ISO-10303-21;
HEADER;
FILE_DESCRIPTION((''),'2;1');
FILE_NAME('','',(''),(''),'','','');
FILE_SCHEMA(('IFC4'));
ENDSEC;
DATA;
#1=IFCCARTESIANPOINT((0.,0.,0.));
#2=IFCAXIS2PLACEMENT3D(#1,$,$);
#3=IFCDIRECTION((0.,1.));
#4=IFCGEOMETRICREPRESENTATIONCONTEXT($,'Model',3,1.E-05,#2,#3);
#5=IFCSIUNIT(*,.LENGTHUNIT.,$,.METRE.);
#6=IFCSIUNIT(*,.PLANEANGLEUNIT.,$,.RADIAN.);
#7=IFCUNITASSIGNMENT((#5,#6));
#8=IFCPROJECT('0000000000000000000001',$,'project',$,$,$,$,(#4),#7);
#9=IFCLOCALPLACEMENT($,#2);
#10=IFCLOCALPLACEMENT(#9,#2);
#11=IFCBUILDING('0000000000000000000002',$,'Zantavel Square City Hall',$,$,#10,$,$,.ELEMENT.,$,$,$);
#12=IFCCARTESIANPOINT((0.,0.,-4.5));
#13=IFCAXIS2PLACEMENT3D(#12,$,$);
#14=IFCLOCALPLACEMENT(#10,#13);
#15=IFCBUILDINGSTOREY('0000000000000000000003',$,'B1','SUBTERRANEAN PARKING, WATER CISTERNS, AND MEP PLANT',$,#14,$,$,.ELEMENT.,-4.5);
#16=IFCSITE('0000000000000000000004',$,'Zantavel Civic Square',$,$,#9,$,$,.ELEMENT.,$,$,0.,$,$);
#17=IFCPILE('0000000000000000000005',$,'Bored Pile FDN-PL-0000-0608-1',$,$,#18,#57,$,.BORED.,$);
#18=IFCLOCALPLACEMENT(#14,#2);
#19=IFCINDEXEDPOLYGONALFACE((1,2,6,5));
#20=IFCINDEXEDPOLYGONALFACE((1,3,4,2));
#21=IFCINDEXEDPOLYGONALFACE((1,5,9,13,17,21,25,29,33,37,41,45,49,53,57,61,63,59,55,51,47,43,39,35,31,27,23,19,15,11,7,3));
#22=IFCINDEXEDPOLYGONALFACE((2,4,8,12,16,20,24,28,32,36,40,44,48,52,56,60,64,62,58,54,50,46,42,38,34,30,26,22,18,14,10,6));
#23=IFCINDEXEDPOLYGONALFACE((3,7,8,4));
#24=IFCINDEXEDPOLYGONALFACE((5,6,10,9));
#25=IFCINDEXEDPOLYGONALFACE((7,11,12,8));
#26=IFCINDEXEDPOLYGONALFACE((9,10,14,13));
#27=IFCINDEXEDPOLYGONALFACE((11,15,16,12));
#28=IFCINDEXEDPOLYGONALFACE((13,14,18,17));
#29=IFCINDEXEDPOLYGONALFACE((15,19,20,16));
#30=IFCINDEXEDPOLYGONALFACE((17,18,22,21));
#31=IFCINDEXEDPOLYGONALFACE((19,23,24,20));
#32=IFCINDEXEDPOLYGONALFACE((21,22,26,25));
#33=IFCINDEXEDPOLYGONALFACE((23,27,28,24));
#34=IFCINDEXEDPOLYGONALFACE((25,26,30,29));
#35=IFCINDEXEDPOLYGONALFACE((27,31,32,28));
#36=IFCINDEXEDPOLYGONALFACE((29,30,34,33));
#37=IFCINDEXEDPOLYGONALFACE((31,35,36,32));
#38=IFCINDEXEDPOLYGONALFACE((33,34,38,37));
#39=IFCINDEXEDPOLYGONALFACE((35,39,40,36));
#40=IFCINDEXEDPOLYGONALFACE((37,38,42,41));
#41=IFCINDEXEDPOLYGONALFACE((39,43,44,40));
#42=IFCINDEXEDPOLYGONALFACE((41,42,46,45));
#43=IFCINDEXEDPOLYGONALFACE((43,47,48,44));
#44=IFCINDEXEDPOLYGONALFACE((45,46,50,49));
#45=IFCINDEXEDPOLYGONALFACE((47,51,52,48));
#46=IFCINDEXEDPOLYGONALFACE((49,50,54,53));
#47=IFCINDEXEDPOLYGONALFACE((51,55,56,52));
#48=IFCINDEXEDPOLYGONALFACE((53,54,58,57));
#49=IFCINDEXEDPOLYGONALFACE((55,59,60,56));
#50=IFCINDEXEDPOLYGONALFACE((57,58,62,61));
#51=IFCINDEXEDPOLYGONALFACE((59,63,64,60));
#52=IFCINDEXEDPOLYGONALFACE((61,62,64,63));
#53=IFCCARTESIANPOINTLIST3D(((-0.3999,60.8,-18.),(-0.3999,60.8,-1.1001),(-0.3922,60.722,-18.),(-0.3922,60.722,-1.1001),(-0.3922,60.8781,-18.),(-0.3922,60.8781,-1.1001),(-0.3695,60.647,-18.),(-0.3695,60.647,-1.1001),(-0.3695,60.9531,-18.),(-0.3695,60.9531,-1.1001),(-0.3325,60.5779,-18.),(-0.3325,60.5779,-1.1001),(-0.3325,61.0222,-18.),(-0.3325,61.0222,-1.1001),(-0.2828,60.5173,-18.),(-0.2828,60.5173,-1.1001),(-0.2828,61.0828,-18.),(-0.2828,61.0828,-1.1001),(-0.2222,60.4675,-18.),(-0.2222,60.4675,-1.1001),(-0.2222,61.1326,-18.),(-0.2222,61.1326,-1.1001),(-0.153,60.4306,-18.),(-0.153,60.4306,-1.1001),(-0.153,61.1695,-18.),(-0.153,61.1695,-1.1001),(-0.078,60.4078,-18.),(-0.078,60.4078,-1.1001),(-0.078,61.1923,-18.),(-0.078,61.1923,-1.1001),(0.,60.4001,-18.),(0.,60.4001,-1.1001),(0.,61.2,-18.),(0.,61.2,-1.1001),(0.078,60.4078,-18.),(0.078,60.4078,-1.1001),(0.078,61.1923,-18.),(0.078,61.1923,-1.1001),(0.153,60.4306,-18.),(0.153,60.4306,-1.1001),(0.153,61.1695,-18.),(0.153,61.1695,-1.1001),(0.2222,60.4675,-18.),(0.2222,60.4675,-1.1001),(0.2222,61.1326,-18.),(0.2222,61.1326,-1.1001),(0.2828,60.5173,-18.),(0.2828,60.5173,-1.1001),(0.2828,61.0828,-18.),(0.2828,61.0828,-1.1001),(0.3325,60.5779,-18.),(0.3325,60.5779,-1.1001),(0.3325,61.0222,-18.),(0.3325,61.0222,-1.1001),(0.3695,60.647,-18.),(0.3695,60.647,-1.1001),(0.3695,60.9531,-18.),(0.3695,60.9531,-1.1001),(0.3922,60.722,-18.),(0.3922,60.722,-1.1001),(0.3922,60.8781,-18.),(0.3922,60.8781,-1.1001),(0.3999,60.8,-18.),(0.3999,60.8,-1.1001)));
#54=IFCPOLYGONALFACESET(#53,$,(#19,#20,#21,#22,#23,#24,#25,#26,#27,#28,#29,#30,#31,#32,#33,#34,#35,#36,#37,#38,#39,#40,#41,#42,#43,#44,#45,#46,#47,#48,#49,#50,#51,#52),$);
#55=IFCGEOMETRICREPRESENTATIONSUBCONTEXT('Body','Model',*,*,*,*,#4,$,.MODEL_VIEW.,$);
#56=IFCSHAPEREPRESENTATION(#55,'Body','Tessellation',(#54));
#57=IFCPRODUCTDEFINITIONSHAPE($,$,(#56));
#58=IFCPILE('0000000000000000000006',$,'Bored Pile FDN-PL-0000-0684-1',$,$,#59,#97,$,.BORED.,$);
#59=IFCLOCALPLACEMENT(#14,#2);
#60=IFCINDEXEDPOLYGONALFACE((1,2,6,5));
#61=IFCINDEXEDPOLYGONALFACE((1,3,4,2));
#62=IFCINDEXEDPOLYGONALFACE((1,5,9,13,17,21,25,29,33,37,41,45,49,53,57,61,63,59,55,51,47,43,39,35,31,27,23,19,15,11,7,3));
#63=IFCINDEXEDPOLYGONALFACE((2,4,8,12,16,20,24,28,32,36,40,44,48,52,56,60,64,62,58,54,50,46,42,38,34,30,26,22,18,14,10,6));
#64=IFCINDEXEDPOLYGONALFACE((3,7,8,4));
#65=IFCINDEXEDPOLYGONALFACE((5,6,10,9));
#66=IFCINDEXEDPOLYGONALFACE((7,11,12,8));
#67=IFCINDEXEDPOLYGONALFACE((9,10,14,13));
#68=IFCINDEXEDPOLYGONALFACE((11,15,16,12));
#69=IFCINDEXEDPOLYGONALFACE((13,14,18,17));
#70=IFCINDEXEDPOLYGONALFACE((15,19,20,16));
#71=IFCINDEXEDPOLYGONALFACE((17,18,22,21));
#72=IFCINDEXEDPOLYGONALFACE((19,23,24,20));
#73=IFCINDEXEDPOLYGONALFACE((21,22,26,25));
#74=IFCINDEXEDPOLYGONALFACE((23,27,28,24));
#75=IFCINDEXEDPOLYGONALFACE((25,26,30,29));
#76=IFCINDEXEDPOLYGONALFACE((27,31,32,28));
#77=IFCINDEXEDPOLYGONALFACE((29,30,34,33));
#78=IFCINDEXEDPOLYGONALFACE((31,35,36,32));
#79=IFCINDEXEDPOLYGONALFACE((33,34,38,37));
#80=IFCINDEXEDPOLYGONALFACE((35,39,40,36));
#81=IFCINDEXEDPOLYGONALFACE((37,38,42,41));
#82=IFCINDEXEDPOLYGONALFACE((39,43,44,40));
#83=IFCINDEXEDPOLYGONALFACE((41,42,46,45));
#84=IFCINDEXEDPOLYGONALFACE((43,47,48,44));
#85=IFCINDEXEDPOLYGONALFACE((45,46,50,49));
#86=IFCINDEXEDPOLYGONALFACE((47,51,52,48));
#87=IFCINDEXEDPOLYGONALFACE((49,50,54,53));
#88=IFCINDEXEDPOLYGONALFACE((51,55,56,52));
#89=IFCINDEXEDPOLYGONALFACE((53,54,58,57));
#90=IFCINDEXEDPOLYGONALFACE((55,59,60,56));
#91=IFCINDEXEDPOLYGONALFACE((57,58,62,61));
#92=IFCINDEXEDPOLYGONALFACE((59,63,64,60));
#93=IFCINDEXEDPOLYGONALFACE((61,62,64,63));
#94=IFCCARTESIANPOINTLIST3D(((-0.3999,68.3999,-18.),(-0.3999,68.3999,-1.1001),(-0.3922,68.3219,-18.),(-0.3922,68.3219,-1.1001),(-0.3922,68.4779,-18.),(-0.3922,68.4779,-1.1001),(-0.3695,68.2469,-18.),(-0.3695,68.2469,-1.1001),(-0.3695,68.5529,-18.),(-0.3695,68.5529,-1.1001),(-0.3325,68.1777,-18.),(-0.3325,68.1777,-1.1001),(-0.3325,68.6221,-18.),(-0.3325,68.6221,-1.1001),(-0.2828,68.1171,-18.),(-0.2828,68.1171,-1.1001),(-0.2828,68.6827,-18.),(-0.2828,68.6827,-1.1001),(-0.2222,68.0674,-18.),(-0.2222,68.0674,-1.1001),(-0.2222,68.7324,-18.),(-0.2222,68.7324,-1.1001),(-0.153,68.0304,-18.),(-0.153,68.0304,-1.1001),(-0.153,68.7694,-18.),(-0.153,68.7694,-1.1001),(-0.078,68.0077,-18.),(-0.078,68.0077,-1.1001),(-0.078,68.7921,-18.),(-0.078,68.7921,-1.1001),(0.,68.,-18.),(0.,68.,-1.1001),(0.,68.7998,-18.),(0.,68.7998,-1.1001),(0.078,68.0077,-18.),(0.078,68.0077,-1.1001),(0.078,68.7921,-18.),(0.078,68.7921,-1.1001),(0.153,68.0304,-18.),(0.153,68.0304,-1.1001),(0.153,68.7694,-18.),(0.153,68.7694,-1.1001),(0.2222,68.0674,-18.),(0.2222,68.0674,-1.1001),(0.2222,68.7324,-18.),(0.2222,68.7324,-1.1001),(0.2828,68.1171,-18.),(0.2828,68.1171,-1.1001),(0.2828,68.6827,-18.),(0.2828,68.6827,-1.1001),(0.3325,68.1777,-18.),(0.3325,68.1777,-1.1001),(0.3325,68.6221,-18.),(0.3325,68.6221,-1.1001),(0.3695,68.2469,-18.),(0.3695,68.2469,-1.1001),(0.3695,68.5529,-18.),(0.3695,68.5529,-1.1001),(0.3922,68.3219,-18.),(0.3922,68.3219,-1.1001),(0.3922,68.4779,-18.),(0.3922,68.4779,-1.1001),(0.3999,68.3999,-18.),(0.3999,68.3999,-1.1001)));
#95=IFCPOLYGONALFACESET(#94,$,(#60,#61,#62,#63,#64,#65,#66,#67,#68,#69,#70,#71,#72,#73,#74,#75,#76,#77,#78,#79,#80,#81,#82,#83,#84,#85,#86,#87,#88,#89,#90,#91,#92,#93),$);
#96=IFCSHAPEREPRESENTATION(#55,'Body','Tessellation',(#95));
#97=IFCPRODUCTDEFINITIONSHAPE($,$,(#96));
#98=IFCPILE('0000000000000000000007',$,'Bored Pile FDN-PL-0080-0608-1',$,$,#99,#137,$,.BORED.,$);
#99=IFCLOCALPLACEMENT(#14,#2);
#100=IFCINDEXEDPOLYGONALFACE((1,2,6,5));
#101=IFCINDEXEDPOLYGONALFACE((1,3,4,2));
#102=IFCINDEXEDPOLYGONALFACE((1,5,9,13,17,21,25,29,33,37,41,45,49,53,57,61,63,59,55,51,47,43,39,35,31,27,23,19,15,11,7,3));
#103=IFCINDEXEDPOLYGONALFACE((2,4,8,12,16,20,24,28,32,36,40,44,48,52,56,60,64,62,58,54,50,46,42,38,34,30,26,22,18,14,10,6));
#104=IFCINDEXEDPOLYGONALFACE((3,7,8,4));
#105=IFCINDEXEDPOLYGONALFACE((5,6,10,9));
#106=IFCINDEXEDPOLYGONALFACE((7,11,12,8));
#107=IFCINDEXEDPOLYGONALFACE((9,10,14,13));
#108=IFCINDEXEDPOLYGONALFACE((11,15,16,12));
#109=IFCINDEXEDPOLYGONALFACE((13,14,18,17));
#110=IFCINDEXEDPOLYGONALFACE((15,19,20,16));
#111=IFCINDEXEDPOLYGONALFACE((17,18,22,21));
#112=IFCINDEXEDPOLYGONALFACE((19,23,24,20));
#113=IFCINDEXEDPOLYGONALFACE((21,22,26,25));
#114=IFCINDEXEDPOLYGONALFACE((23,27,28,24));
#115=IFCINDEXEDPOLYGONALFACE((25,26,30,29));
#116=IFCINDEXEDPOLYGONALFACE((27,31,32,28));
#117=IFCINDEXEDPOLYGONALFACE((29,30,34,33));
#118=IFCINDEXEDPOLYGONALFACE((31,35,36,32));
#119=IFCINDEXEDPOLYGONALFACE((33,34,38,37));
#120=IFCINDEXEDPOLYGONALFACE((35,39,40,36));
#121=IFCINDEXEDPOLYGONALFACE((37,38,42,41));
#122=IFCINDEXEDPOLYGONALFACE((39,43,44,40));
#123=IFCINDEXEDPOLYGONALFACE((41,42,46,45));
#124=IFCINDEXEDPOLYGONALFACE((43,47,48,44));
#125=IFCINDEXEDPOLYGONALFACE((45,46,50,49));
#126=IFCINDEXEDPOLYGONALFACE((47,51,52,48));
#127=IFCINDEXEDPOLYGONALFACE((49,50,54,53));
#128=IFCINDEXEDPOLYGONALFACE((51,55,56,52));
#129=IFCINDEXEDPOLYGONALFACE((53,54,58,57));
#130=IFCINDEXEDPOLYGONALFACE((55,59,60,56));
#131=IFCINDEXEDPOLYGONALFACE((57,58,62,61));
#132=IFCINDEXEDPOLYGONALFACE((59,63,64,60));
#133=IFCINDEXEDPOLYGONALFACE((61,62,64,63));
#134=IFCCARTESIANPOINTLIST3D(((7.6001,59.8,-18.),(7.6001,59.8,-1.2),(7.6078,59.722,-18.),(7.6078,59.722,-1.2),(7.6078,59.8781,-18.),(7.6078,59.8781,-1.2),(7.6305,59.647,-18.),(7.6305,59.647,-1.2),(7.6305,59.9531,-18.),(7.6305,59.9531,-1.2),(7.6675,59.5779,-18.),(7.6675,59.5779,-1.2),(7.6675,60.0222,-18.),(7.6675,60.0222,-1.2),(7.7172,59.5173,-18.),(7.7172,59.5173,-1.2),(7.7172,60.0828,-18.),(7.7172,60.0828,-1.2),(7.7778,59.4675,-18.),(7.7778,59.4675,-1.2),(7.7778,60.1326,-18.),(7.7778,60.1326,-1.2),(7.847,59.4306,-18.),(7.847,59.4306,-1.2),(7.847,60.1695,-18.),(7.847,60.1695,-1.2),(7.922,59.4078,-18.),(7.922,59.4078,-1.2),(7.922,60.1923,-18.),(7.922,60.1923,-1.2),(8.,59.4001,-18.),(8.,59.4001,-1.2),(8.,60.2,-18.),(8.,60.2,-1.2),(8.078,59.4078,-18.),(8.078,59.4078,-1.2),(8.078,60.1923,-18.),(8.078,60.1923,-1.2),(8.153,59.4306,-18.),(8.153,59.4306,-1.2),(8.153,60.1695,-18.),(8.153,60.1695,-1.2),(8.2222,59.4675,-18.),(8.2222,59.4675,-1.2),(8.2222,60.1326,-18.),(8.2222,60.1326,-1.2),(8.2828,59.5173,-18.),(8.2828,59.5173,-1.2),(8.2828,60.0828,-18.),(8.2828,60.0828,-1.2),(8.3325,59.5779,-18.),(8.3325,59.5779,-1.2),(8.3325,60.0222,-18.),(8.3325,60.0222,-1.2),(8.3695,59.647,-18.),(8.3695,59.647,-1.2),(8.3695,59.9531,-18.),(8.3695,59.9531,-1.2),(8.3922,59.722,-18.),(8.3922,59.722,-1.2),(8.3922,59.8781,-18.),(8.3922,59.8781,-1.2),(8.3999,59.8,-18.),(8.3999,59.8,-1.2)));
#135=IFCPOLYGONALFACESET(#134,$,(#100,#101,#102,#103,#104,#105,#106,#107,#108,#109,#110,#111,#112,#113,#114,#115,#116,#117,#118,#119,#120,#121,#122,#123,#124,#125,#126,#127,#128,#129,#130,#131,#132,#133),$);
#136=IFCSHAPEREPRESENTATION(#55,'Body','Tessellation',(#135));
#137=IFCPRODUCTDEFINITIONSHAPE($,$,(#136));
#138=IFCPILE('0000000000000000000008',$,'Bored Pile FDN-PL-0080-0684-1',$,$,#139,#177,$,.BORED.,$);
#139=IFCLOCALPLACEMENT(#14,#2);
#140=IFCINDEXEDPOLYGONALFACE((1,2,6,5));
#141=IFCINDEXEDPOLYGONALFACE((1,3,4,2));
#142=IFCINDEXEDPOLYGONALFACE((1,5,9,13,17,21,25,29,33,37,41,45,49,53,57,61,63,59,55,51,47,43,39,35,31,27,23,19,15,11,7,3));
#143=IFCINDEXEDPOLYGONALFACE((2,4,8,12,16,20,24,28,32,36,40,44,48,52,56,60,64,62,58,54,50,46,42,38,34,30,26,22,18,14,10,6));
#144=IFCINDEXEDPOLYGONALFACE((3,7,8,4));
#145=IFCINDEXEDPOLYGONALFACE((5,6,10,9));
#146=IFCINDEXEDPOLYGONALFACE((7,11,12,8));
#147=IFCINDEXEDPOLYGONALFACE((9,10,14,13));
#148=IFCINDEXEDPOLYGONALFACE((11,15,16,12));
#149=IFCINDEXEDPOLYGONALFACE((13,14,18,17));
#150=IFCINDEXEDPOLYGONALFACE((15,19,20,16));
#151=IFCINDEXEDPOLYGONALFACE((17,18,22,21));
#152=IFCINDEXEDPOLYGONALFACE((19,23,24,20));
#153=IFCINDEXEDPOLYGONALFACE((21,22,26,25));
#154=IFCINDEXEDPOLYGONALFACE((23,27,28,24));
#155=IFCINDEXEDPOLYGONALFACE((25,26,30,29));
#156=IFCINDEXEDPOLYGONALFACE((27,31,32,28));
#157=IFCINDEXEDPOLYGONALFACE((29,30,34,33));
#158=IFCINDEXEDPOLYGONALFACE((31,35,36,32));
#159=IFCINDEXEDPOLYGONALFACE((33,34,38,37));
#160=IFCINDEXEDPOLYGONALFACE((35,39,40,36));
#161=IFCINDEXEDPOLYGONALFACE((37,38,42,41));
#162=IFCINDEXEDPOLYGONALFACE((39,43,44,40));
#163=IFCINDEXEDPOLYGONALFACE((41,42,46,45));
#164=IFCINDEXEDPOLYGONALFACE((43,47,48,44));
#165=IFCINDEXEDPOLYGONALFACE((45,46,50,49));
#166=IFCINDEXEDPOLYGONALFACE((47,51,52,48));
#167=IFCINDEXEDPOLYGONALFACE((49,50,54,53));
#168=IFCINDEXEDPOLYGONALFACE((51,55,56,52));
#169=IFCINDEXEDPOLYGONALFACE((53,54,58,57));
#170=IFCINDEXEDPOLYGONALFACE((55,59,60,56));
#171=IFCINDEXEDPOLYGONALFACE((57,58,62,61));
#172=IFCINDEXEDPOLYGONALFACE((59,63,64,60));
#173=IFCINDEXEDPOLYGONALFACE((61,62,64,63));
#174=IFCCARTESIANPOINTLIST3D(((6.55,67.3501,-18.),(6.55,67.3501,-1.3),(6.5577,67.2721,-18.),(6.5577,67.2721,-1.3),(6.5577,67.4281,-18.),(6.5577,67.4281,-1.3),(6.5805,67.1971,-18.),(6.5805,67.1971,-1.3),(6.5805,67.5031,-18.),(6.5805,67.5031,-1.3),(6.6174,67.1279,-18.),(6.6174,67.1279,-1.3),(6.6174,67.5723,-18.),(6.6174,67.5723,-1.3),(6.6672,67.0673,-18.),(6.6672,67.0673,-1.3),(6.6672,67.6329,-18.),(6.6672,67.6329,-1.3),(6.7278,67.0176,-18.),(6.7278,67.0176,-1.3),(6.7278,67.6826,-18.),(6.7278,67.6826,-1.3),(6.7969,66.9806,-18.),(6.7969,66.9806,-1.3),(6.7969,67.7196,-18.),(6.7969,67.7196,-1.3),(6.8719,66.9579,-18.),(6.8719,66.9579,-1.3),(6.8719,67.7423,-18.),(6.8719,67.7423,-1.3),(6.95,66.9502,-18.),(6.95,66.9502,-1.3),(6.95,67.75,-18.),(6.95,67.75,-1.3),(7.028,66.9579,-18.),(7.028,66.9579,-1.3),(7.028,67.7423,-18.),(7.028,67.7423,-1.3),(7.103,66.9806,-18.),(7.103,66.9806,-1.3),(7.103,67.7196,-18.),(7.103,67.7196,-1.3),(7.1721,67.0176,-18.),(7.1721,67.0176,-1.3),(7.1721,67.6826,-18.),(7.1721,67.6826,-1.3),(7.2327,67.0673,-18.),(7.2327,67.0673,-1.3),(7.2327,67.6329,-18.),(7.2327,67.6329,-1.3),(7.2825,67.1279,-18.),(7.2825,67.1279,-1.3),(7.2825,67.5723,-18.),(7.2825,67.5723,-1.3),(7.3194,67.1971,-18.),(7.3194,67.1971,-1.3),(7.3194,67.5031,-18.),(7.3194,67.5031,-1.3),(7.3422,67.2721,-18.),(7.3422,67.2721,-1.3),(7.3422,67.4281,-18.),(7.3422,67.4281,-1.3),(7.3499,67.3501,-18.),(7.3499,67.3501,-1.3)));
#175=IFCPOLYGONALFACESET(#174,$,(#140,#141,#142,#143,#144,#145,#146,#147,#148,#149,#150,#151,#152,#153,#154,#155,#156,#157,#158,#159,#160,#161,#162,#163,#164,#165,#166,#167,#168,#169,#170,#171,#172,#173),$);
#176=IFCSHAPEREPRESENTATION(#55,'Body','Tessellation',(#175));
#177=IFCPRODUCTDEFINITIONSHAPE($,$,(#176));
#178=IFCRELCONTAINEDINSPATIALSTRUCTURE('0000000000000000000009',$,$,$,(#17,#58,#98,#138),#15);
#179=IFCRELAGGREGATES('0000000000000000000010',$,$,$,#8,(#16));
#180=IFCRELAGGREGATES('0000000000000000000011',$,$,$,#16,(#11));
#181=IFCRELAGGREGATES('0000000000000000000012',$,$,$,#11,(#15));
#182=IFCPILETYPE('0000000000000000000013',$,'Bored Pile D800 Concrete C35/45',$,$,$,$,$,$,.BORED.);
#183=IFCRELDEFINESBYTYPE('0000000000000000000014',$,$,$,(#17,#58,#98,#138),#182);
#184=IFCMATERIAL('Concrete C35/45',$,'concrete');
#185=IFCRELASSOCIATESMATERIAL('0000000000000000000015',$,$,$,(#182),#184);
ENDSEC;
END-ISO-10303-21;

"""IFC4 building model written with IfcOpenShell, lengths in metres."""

from ifc_helpers import new_model, si_unit, direction, frame, origin, origin_2d, place, context, subcontext, project, spatial, circle, extrude, material, material_profile, profile_set, type_object, element, save


model = new_model("IFC4")

# Units and contexts
model_context = context("Model", 3, precision=1e-05, world=origin(), true_north=direction((0.0, 1.0)))
body_context = subcontext(model_context, "Body", "Model", "MODEL_VIEW")
ifc_project = project(units=[si_unit("LENGTHUNIT", "METRE"), si_unit("PLANEANGLEUNIT", "RADIAN")], contexts=[model_context])

# Site, building, storey
site_placement = place(None, origin())
site = spatial("IfcSite", under=ifc_project, at=site_placement, Name="Zantavel Civic Square", CompositionType="ELEMENT", RefElevation=0.0)
building_placement = place(site_placement, origin())
building = spatial("IfcBuilding", under=site, at=building_placement, Name="Zantavel Square City Hall", CompositionType="ELEMENT")
storey_placement = place(building_placement, frame((0.0, 0.0, -4.5)))
storey = spatial("IfcBuildingStorey", under=building, at=storey_placement, Name="B1", Description="SUBTERRANEAN PARKING, WATER CISTERNS, AND MEP PLANT", CompositionType="ELEMENT", Elevation=-4.5)

# Piles
ifc_material_1 = material(Name="Concrete C35/45", Category="concrete")
ifc_material_profile_1 = material_profile(ifc_material_1, circle(Radius=0.3999, at=origin_2d()), Name="PILE D800")
ifc_profile_set_1 = profile_set([ifc_material_profile_1], Name="Concrete C35/45")
pile_type = type_object("IfcPileType", Name="Bored Pile D800 Concrete C35/45", PredefinedType="BORED", material=ifc_profile_set_1)
for number, where, z_axis, x_axis, name in (
    (1, (0.0, 60.8, -1.1001), (0.0, 0.0, -1.0), (1.0, 0.0, 0.0), "Bored Pile FDN-PL-0000-0608-1"),
    (2, (0.0, 68.3999, -1.1001), (0.0, 0.0, -1.0), (1.0, 0.0, 0.0), "Bored Pile FDN-PL-0000-0684-1"),
):
    element("IfcPile", number, at=place(storey_placement, frame(where, z_axis=z_axis, x_axis=x_axis)), inside=storey, type_object=pile_type, Name=name, PredefinedType="BORED", context=body_context, shape_type="SweptSolid", body=[
        extrude(circle(Radius=0.3999, at=origin_2d()), origin(), (0.0, 0.0, 1.0), 16.8999),
    ])
pile_1_placement = place(storey_placement, frame((8.0, 59.8, -1.2), z_axis=(0.0, 0.0, -1.0), x_axis=(1.0, 0.0, 0.0)))
element("IfcPile", 3, at=pile_1_placement, inside=storey, type_object=pile_type, Name="Bored Pile FDN-PL-0080-0608-1", PredefinedType="BORED", context=body_context, shape_type="SweptSolid", body=[
    extrude(circle(Radius=0.3999, at=origin_2d()), origin(), (0.0, 0.0, 1.0), 16.8),
])
pile_2_placement = place(storey_placement, frame((6.95, 67.3501, -1.3), z_axis=(0.0, 0.0, -1.0), x_axis=(1.0, 0.0, 0.0)))
element("IfcPile", 4, at=pile_2_placement, inside=storey, type_object=pile_type, Name="Bored Pile FDN-PL-0080-0684-1", PredefinedType="BORED", context=body_context, shape_type="SweptSolid", body=[
    extrude(circle(Radius=0.3999, at=origin_2d()), origin(), (0.0, 0.0, 1.0), 16.7),
])

save(model, "model.ifc")
